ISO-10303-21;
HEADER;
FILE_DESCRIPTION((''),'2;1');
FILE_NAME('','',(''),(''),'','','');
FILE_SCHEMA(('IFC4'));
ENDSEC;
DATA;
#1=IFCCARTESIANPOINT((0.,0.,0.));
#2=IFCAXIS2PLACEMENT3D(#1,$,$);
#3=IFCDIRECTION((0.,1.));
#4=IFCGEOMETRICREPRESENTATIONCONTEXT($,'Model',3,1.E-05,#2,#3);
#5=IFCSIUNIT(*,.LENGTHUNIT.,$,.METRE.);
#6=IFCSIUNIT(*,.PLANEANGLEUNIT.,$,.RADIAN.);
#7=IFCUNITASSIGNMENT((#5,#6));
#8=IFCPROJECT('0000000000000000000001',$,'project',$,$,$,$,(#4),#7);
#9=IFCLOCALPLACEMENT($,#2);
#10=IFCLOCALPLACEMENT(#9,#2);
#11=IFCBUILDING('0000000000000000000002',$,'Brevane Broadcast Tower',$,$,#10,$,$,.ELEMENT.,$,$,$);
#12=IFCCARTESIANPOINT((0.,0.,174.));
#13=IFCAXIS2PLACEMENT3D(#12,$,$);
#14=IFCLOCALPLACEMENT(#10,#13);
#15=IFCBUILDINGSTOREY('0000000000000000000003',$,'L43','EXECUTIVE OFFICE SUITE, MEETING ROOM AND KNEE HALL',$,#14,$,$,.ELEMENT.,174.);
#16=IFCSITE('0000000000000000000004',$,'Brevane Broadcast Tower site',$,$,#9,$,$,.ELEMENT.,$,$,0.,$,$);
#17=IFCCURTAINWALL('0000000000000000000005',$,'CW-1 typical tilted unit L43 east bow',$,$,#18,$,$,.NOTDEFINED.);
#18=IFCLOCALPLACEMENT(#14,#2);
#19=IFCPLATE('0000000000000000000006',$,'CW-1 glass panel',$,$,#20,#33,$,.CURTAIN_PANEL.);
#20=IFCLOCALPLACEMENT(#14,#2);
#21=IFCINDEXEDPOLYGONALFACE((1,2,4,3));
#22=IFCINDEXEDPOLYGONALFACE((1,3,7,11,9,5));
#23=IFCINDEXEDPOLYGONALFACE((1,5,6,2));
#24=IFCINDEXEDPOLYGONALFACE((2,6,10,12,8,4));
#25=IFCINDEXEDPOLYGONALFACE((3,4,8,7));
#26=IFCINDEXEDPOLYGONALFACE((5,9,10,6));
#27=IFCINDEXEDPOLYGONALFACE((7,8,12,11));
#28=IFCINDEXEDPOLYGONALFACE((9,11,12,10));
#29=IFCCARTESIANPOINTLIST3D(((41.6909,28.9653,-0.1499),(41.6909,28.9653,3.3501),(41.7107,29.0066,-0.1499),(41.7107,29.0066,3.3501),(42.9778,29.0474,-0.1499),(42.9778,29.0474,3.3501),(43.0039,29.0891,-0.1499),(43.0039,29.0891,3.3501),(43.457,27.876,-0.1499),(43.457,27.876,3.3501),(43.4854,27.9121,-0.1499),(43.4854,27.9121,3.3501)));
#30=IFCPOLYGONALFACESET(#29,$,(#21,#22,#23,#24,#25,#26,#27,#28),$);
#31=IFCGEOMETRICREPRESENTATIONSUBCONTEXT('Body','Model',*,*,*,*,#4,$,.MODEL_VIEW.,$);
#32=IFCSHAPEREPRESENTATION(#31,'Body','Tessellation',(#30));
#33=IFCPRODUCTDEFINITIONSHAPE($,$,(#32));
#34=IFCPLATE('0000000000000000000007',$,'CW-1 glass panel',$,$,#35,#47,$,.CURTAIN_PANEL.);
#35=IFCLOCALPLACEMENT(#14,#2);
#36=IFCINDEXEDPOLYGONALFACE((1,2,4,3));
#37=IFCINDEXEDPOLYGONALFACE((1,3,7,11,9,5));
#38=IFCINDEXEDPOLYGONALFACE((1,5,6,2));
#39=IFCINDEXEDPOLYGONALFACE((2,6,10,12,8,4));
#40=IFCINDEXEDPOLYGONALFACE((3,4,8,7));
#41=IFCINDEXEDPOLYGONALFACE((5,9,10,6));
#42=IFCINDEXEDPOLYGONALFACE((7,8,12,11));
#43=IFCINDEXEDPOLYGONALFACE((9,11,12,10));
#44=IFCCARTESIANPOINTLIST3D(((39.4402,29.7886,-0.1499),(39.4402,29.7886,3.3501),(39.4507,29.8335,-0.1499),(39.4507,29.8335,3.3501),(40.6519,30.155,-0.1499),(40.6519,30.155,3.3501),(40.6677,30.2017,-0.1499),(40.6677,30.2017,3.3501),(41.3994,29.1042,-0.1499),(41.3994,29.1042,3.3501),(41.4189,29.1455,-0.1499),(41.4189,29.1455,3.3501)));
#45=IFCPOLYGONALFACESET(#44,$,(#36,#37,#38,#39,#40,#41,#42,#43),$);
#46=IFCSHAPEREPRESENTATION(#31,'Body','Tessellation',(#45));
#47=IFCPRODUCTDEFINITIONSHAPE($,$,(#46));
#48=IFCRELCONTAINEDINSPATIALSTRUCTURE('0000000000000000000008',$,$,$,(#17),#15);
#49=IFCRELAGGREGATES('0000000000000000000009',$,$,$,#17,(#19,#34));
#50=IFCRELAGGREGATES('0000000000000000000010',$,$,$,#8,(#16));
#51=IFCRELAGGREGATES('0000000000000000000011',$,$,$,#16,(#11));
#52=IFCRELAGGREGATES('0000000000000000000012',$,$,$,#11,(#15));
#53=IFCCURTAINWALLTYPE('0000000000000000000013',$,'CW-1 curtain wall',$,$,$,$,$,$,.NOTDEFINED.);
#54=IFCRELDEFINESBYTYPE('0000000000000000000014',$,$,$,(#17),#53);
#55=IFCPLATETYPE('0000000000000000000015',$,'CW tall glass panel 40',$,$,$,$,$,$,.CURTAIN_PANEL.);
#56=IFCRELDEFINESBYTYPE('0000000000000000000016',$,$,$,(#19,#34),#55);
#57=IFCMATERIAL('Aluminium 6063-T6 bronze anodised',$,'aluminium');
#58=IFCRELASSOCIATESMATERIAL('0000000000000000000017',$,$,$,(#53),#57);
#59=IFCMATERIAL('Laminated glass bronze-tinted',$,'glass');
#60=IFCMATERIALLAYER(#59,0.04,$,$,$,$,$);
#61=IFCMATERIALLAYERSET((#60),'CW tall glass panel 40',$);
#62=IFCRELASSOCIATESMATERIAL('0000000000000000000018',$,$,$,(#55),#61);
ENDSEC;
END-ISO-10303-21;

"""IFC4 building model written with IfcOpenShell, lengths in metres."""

from ifc_helpers import new_model, si_unit, direction, frame, origin, place, context, subcontext, project, spatial, polyline, outline, extrude, material, layer, layer_set, type_object, element, aggregate, save


model = new_model("IFC4")

# Units and contexts
model_context = context("Model", 3, precision=1e-05, world=origin(), true_north=direction((0.0, 1.0)))
body_context = subcontext(model_context, "Body", "Model", "MODEL_VIEW")
ifc_project = project(units=[si_unit("LENGTHUNIT", "METRE"), si_unit("PLANEANGLEUNIT", "RADIAN")], contexts=[model_context])

# Site, building, storey
site_placement = place(None, origin())
site = spatial("IfcSite", under=ifc_project, at=site_placement, Name="Brevane Broadcast Tower site", CompositionType="ELEMENT", RefElevation=0.0)
building_placement = place(site_placement, origin())
building = spatial("IfcBuilding", under=site, at=building_placement, Name="Brevane Broadcast Tower", CompositionType="ELEMENT")
storey_placement = place(building_placement, frame((0.0, 0.0, 174.0)))
storey = spatial("IfcBuildingStorey", under=building, at=storey_placement, Name="L43", Description="EXECUTIVE OFFICE SUITE, MEETING ROOM AND KNEE HALL", CompositionType="ELEMENT", Elevation=174.0)

# Curtain wall, plates
ifc_material_1 = material(Name="Aluminium 6063-T6 bronze anodised", Category="aluminium")
curtain_wall_type = type_object("IfcCurtainWallType", Name="CW-1 curtain wall", PredefinedType="NOTDEFINED", material=ifc_material_1)
ifc_material_2 = material(Name="Laminated glass bronze-tinted", Category="glass")
ifc_layer = layer(ifc_material_2, 0.04)
ifc_layer_set = layer_set([ifc_layer], Name="CW tall glass panel 40")
plate_type = type_object("IfcPlateType", Name="CW tall glass panel 40", PredefinedType="CURTAIN_PANEL", material=ifc_layer_set)
curtain_wall_1_placement = place(storey_placement, origin())
curtain_wall_1 = element("IfcCurtainWall", 1, at=curtain_wall_1_placement, inside=storey, type_object=curtain_wall_type, Name="CW-1 typical tilted unit L43 east bow", PredefinedType="NOTDEFINED")
plate_1_placement = place(storey_placement, frame((0.0, 0.0, -0.1499)))
plate_1 = element("IfcPlate", 2, at=plate_1_placement, type_object=plate_type, Name="CW-1 glass panel", PredefinedType="CURTAIN_PANEL", context=body_context, shape_type="SweptSolid", body=[
    extrude(outline(polyline([(43.457, 27.876), (43.4854, 27.9121), (43.0039, 29.0891), (41.7107, 29.0066), (41.6909, 28.9653), (42.9778, 29.0474), (43.457, 27.876)])), origin(), (0.0, 0.0, 1.0), 3.5),
])
plate_2_placement = place(storey_placement, frame((0.0, 0.0, -0.1499)))
plate_2 = element("IfcPlate", 3, at=plate_2_placement, type_object=plate_type, Name="CW-1 glass panel", PredefinedType="CURTAIN_PANEL", context=body_context, shape_type="SweptSolid", body=[
    extrude(outline(polyline([(41.3994, 29.1042), (41.4189, 29.1455), (40.6677, 30.2017), (39.4507, 29.8335), (39.4402, 29.7886), (40.6519, 30.155), (41.3994, 29.1042)])), origin(), (0.0, 0.0, 1.0), 3.5),
])
aggregate(curtain_wall_1, [plate_1, plate_2])

save(model, "model.ifc")
